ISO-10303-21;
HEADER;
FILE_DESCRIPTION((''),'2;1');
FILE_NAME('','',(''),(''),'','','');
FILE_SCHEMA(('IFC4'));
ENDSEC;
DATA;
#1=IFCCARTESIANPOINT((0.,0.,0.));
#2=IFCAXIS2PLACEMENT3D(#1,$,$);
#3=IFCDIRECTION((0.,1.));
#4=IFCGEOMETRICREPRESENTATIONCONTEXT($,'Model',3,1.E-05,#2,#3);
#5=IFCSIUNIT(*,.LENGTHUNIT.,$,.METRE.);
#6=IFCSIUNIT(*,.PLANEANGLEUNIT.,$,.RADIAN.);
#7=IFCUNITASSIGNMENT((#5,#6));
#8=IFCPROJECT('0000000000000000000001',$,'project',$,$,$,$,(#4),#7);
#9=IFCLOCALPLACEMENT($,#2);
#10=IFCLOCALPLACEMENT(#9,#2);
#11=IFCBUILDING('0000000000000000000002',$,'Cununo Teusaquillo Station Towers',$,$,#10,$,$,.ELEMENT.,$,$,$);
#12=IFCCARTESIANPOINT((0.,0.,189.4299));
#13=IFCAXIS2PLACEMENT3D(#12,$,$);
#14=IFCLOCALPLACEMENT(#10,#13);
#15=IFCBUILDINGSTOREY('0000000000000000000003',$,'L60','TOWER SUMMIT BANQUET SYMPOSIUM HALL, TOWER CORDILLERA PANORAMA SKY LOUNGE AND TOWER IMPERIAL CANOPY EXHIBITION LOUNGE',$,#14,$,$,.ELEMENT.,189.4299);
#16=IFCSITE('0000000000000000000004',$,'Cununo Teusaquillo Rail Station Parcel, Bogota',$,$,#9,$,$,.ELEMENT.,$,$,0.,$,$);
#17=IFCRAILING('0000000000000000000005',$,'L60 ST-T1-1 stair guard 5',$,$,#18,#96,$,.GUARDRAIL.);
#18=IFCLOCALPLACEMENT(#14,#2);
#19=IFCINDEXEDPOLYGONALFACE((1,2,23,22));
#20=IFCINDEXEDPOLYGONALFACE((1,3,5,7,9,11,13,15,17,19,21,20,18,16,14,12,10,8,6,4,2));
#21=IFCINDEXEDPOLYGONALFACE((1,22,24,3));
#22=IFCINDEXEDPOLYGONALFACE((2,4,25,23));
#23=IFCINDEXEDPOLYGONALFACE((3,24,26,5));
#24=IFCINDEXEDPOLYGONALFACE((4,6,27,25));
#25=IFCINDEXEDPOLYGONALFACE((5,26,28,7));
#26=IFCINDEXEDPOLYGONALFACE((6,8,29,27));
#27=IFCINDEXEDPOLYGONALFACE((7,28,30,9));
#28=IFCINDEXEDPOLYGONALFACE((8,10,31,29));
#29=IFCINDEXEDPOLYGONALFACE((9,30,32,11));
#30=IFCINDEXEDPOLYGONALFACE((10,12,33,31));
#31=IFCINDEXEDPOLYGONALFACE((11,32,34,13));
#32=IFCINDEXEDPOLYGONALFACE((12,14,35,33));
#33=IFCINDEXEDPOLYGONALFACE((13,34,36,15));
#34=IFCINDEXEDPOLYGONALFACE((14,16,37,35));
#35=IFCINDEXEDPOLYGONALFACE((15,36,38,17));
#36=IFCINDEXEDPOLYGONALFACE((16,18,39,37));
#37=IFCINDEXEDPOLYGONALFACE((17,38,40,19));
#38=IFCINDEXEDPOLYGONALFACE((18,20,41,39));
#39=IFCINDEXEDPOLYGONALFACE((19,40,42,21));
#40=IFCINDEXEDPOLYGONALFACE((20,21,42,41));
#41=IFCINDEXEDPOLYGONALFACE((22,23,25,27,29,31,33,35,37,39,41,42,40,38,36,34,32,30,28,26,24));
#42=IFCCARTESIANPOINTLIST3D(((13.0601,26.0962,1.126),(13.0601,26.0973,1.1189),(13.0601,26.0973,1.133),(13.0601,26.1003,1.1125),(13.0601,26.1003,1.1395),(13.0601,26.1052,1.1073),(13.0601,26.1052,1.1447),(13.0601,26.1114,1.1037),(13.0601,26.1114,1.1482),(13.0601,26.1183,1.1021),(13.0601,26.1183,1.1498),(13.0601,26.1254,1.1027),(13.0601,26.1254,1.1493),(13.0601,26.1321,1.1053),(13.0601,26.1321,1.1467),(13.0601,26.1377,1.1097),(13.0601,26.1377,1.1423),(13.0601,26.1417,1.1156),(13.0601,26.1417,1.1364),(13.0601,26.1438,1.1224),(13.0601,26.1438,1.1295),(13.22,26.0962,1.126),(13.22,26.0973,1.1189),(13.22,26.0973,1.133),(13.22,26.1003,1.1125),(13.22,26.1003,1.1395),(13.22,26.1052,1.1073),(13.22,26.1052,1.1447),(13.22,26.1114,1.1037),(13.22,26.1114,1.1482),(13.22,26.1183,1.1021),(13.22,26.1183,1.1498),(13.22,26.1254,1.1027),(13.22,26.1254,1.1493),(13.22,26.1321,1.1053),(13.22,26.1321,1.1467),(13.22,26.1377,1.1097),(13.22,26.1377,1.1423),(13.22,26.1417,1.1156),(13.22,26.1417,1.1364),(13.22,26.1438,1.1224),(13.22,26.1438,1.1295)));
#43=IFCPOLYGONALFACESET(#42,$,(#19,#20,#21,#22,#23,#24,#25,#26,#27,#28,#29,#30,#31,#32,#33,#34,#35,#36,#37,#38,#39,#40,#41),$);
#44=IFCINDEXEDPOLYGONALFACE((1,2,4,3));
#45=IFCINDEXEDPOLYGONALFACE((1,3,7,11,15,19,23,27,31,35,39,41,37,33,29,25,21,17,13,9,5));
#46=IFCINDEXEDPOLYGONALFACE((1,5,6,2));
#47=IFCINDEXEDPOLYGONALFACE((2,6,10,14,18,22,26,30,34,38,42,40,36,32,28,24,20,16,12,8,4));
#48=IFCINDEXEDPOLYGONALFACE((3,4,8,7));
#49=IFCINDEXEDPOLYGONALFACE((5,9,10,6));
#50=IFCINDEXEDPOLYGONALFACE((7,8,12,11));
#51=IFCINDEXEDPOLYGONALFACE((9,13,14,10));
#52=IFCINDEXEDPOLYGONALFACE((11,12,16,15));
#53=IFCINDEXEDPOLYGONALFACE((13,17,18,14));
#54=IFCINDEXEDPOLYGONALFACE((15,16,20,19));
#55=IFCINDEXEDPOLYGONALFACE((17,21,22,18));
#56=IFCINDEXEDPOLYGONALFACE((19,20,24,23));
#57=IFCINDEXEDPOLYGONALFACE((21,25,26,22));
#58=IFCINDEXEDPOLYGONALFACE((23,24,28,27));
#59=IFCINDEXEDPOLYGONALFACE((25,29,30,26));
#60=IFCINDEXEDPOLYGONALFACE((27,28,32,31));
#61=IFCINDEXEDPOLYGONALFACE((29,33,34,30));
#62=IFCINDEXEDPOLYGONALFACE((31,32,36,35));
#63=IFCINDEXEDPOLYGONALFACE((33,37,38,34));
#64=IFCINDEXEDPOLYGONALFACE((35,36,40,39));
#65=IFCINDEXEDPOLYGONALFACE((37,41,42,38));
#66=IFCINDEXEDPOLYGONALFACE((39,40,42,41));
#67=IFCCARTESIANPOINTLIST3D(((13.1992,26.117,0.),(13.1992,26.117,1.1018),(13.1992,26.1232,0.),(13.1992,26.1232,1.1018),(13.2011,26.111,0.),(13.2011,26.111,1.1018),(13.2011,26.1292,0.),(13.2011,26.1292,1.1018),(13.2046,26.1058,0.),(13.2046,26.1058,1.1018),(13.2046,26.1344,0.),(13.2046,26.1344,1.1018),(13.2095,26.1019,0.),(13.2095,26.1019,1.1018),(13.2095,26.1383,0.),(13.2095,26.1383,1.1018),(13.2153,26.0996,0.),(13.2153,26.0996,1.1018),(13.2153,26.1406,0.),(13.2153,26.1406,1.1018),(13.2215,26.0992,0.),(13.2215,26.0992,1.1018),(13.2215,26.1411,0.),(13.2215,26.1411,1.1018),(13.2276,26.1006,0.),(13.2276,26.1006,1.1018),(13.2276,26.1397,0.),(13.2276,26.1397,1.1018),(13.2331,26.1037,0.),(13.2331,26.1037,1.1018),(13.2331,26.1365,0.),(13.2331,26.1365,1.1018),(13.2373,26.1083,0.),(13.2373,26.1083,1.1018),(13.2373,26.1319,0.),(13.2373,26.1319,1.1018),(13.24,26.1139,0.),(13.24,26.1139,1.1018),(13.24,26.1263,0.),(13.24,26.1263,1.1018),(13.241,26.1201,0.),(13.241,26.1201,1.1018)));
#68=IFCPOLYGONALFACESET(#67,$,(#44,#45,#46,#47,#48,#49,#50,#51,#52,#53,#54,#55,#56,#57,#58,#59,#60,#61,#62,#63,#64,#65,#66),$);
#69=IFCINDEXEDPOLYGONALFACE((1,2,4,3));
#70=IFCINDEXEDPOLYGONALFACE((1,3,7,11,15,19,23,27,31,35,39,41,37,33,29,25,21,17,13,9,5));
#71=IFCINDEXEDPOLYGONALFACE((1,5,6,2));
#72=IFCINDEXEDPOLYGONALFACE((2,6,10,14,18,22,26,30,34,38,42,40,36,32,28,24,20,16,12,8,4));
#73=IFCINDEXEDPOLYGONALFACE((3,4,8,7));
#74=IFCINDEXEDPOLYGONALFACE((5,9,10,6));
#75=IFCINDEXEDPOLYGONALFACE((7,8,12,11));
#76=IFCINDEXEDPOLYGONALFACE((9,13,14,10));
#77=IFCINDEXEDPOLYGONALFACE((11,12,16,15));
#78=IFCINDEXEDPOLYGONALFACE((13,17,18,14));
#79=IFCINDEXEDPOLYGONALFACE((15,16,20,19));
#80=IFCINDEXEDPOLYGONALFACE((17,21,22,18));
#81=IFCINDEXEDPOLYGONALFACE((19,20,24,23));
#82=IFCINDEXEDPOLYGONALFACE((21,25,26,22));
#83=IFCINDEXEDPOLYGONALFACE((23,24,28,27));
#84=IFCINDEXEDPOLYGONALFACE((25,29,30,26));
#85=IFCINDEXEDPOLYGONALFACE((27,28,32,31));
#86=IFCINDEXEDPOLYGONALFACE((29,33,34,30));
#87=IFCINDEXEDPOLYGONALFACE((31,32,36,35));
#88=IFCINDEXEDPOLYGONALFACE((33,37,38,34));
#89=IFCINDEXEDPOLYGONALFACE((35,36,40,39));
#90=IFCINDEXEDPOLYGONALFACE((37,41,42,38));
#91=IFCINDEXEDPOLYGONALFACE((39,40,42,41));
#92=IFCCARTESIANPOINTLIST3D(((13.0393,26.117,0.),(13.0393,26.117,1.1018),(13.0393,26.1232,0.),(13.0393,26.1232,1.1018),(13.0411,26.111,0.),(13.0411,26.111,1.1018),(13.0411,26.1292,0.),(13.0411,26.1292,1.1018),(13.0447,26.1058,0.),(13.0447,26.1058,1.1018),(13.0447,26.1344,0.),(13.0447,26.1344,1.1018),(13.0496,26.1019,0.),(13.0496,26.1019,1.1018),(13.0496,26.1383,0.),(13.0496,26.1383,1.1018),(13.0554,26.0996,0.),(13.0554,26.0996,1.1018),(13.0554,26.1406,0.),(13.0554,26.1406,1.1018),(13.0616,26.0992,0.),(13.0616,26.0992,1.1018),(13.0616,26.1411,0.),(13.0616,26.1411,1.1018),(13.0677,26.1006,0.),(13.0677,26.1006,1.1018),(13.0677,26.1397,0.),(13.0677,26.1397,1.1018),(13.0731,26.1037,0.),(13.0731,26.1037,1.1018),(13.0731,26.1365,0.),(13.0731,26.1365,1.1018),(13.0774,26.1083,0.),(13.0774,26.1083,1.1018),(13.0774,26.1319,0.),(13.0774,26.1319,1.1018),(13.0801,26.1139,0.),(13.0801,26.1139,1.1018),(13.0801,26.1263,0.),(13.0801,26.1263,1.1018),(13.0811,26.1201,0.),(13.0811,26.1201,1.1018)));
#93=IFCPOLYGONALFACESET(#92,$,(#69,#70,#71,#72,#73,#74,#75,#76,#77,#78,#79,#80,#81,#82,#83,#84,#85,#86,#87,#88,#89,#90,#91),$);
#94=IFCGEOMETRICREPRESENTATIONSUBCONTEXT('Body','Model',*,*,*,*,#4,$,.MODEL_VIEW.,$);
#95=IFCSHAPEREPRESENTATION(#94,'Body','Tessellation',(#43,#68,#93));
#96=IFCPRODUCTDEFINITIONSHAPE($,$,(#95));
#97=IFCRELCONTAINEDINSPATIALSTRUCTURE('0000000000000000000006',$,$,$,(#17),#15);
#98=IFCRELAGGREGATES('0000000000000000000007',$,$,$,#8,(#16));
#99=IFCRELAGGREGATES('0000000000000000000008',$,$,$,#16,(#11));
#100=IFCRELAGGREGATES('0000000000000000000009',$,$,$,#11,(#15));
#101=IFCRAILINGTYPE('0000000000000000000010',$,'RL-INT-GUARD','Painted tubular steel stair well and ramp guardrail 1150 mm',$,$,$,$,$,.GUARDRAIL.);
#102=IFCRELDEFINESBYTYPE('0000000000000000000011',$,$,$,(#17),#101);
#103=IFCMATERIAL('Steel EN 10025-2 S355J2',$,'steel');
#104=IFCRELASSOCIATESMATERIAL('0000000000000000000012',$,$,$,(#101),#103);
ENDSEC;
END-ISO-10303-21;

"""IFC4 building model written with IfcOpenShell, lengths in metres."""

from ifc_helpers import new_model, si_unit, direction, frame, origin, origin_2d, place, context, subcontext, project, spatial, circle, extrude, material, type_object, element, save


model = new_model("IFC4")

# Units and contexts
model_context = context("Model", 3, precision=1e-05, world=origin(), true_north=direction((0.0, 1.0)))
body_context = subcontext(model_context, "Body", "Model", "MODEL_VIEW")
ifc_project = project(units=[si_unit("LENGTHUNIT", "METRE"), si_unit("PLANEANGLEUNIT", "RADIAN")], contexts=[model_context])

# Site, building, storey
site_placement = place(None, origin())
site = spatial("IfcSite", under=ifc_project, at=site_placement, Name="Cununo Teusaquillo Rail Station Parcel, Bogota", CompositionType="ELEMENT", RefElevation=0.0)
building_placement = place(site_placement, origin())
building = spatial("IfcBuilding", under=site, at=building_placement, Name="Cununo Teusaquillo Station Towers", CompositionType="ELEMENT")
storey_placement = place(building_placement, frame((0.0, 0.0, 189.4299)))
storey = spatial("IfcBuildingStorey", under=building, at=storey_placement, Name="L60", Description="TOWER SUMMIT BANQUET SYMPOSIUM HALL, TOWER CORDILLERA PANORAMA SKY LOUNGE AND TOWER IMPERIAL CANOPY EXHIBITION LOUNGE", CompositionType="ELEMENT", Elevation=189.4299)

# Railing
ifc_material_1 = material(Name="Steel EN 10025-2 S355J2", Category="steel")
railing_type_1 = type_object("IfcRailingType", Name="RL-INT-GUARD", Description="Painted tubular steel stair well and ramp guardrail 1150 mm", PredefinedType="GUARDRAIL", material=ifc_material_1)
railing_1_placement = place(storey_placement, frame((13.22, 26.1201, 0.0)))
element("IfcRailing", 1, at=railing_1_placement, inside=storey, type_object=railing_type_1, Name="L60 ST-T1-1 stair guard 5", PredefinedType="GUARDRAIL", context=body_context, shape_type="SweptSolid", body=[
    extrude(circle(Radius=0.0239, at=origin_2d()), frame((0.0, 0.0, 1.126), z_axis=(-1.0, 0.0, 0.0), x_axis=(0.0, -1.0, 0.0)), (0.0, 0.0, 1.0), 0.1599),
    extrude(circle(Radius=0.021, at=origin_2d()), origin(), (0.0, 0.0, 1.0), 1.1018),
    extrude(circle(Radius=0.021, at=origin_2d()), frame((-0.1599, 0.0, 0.0)), (0.0, 0.0, 1.0), 1.1018),
])

save(model, "model.ifc")
